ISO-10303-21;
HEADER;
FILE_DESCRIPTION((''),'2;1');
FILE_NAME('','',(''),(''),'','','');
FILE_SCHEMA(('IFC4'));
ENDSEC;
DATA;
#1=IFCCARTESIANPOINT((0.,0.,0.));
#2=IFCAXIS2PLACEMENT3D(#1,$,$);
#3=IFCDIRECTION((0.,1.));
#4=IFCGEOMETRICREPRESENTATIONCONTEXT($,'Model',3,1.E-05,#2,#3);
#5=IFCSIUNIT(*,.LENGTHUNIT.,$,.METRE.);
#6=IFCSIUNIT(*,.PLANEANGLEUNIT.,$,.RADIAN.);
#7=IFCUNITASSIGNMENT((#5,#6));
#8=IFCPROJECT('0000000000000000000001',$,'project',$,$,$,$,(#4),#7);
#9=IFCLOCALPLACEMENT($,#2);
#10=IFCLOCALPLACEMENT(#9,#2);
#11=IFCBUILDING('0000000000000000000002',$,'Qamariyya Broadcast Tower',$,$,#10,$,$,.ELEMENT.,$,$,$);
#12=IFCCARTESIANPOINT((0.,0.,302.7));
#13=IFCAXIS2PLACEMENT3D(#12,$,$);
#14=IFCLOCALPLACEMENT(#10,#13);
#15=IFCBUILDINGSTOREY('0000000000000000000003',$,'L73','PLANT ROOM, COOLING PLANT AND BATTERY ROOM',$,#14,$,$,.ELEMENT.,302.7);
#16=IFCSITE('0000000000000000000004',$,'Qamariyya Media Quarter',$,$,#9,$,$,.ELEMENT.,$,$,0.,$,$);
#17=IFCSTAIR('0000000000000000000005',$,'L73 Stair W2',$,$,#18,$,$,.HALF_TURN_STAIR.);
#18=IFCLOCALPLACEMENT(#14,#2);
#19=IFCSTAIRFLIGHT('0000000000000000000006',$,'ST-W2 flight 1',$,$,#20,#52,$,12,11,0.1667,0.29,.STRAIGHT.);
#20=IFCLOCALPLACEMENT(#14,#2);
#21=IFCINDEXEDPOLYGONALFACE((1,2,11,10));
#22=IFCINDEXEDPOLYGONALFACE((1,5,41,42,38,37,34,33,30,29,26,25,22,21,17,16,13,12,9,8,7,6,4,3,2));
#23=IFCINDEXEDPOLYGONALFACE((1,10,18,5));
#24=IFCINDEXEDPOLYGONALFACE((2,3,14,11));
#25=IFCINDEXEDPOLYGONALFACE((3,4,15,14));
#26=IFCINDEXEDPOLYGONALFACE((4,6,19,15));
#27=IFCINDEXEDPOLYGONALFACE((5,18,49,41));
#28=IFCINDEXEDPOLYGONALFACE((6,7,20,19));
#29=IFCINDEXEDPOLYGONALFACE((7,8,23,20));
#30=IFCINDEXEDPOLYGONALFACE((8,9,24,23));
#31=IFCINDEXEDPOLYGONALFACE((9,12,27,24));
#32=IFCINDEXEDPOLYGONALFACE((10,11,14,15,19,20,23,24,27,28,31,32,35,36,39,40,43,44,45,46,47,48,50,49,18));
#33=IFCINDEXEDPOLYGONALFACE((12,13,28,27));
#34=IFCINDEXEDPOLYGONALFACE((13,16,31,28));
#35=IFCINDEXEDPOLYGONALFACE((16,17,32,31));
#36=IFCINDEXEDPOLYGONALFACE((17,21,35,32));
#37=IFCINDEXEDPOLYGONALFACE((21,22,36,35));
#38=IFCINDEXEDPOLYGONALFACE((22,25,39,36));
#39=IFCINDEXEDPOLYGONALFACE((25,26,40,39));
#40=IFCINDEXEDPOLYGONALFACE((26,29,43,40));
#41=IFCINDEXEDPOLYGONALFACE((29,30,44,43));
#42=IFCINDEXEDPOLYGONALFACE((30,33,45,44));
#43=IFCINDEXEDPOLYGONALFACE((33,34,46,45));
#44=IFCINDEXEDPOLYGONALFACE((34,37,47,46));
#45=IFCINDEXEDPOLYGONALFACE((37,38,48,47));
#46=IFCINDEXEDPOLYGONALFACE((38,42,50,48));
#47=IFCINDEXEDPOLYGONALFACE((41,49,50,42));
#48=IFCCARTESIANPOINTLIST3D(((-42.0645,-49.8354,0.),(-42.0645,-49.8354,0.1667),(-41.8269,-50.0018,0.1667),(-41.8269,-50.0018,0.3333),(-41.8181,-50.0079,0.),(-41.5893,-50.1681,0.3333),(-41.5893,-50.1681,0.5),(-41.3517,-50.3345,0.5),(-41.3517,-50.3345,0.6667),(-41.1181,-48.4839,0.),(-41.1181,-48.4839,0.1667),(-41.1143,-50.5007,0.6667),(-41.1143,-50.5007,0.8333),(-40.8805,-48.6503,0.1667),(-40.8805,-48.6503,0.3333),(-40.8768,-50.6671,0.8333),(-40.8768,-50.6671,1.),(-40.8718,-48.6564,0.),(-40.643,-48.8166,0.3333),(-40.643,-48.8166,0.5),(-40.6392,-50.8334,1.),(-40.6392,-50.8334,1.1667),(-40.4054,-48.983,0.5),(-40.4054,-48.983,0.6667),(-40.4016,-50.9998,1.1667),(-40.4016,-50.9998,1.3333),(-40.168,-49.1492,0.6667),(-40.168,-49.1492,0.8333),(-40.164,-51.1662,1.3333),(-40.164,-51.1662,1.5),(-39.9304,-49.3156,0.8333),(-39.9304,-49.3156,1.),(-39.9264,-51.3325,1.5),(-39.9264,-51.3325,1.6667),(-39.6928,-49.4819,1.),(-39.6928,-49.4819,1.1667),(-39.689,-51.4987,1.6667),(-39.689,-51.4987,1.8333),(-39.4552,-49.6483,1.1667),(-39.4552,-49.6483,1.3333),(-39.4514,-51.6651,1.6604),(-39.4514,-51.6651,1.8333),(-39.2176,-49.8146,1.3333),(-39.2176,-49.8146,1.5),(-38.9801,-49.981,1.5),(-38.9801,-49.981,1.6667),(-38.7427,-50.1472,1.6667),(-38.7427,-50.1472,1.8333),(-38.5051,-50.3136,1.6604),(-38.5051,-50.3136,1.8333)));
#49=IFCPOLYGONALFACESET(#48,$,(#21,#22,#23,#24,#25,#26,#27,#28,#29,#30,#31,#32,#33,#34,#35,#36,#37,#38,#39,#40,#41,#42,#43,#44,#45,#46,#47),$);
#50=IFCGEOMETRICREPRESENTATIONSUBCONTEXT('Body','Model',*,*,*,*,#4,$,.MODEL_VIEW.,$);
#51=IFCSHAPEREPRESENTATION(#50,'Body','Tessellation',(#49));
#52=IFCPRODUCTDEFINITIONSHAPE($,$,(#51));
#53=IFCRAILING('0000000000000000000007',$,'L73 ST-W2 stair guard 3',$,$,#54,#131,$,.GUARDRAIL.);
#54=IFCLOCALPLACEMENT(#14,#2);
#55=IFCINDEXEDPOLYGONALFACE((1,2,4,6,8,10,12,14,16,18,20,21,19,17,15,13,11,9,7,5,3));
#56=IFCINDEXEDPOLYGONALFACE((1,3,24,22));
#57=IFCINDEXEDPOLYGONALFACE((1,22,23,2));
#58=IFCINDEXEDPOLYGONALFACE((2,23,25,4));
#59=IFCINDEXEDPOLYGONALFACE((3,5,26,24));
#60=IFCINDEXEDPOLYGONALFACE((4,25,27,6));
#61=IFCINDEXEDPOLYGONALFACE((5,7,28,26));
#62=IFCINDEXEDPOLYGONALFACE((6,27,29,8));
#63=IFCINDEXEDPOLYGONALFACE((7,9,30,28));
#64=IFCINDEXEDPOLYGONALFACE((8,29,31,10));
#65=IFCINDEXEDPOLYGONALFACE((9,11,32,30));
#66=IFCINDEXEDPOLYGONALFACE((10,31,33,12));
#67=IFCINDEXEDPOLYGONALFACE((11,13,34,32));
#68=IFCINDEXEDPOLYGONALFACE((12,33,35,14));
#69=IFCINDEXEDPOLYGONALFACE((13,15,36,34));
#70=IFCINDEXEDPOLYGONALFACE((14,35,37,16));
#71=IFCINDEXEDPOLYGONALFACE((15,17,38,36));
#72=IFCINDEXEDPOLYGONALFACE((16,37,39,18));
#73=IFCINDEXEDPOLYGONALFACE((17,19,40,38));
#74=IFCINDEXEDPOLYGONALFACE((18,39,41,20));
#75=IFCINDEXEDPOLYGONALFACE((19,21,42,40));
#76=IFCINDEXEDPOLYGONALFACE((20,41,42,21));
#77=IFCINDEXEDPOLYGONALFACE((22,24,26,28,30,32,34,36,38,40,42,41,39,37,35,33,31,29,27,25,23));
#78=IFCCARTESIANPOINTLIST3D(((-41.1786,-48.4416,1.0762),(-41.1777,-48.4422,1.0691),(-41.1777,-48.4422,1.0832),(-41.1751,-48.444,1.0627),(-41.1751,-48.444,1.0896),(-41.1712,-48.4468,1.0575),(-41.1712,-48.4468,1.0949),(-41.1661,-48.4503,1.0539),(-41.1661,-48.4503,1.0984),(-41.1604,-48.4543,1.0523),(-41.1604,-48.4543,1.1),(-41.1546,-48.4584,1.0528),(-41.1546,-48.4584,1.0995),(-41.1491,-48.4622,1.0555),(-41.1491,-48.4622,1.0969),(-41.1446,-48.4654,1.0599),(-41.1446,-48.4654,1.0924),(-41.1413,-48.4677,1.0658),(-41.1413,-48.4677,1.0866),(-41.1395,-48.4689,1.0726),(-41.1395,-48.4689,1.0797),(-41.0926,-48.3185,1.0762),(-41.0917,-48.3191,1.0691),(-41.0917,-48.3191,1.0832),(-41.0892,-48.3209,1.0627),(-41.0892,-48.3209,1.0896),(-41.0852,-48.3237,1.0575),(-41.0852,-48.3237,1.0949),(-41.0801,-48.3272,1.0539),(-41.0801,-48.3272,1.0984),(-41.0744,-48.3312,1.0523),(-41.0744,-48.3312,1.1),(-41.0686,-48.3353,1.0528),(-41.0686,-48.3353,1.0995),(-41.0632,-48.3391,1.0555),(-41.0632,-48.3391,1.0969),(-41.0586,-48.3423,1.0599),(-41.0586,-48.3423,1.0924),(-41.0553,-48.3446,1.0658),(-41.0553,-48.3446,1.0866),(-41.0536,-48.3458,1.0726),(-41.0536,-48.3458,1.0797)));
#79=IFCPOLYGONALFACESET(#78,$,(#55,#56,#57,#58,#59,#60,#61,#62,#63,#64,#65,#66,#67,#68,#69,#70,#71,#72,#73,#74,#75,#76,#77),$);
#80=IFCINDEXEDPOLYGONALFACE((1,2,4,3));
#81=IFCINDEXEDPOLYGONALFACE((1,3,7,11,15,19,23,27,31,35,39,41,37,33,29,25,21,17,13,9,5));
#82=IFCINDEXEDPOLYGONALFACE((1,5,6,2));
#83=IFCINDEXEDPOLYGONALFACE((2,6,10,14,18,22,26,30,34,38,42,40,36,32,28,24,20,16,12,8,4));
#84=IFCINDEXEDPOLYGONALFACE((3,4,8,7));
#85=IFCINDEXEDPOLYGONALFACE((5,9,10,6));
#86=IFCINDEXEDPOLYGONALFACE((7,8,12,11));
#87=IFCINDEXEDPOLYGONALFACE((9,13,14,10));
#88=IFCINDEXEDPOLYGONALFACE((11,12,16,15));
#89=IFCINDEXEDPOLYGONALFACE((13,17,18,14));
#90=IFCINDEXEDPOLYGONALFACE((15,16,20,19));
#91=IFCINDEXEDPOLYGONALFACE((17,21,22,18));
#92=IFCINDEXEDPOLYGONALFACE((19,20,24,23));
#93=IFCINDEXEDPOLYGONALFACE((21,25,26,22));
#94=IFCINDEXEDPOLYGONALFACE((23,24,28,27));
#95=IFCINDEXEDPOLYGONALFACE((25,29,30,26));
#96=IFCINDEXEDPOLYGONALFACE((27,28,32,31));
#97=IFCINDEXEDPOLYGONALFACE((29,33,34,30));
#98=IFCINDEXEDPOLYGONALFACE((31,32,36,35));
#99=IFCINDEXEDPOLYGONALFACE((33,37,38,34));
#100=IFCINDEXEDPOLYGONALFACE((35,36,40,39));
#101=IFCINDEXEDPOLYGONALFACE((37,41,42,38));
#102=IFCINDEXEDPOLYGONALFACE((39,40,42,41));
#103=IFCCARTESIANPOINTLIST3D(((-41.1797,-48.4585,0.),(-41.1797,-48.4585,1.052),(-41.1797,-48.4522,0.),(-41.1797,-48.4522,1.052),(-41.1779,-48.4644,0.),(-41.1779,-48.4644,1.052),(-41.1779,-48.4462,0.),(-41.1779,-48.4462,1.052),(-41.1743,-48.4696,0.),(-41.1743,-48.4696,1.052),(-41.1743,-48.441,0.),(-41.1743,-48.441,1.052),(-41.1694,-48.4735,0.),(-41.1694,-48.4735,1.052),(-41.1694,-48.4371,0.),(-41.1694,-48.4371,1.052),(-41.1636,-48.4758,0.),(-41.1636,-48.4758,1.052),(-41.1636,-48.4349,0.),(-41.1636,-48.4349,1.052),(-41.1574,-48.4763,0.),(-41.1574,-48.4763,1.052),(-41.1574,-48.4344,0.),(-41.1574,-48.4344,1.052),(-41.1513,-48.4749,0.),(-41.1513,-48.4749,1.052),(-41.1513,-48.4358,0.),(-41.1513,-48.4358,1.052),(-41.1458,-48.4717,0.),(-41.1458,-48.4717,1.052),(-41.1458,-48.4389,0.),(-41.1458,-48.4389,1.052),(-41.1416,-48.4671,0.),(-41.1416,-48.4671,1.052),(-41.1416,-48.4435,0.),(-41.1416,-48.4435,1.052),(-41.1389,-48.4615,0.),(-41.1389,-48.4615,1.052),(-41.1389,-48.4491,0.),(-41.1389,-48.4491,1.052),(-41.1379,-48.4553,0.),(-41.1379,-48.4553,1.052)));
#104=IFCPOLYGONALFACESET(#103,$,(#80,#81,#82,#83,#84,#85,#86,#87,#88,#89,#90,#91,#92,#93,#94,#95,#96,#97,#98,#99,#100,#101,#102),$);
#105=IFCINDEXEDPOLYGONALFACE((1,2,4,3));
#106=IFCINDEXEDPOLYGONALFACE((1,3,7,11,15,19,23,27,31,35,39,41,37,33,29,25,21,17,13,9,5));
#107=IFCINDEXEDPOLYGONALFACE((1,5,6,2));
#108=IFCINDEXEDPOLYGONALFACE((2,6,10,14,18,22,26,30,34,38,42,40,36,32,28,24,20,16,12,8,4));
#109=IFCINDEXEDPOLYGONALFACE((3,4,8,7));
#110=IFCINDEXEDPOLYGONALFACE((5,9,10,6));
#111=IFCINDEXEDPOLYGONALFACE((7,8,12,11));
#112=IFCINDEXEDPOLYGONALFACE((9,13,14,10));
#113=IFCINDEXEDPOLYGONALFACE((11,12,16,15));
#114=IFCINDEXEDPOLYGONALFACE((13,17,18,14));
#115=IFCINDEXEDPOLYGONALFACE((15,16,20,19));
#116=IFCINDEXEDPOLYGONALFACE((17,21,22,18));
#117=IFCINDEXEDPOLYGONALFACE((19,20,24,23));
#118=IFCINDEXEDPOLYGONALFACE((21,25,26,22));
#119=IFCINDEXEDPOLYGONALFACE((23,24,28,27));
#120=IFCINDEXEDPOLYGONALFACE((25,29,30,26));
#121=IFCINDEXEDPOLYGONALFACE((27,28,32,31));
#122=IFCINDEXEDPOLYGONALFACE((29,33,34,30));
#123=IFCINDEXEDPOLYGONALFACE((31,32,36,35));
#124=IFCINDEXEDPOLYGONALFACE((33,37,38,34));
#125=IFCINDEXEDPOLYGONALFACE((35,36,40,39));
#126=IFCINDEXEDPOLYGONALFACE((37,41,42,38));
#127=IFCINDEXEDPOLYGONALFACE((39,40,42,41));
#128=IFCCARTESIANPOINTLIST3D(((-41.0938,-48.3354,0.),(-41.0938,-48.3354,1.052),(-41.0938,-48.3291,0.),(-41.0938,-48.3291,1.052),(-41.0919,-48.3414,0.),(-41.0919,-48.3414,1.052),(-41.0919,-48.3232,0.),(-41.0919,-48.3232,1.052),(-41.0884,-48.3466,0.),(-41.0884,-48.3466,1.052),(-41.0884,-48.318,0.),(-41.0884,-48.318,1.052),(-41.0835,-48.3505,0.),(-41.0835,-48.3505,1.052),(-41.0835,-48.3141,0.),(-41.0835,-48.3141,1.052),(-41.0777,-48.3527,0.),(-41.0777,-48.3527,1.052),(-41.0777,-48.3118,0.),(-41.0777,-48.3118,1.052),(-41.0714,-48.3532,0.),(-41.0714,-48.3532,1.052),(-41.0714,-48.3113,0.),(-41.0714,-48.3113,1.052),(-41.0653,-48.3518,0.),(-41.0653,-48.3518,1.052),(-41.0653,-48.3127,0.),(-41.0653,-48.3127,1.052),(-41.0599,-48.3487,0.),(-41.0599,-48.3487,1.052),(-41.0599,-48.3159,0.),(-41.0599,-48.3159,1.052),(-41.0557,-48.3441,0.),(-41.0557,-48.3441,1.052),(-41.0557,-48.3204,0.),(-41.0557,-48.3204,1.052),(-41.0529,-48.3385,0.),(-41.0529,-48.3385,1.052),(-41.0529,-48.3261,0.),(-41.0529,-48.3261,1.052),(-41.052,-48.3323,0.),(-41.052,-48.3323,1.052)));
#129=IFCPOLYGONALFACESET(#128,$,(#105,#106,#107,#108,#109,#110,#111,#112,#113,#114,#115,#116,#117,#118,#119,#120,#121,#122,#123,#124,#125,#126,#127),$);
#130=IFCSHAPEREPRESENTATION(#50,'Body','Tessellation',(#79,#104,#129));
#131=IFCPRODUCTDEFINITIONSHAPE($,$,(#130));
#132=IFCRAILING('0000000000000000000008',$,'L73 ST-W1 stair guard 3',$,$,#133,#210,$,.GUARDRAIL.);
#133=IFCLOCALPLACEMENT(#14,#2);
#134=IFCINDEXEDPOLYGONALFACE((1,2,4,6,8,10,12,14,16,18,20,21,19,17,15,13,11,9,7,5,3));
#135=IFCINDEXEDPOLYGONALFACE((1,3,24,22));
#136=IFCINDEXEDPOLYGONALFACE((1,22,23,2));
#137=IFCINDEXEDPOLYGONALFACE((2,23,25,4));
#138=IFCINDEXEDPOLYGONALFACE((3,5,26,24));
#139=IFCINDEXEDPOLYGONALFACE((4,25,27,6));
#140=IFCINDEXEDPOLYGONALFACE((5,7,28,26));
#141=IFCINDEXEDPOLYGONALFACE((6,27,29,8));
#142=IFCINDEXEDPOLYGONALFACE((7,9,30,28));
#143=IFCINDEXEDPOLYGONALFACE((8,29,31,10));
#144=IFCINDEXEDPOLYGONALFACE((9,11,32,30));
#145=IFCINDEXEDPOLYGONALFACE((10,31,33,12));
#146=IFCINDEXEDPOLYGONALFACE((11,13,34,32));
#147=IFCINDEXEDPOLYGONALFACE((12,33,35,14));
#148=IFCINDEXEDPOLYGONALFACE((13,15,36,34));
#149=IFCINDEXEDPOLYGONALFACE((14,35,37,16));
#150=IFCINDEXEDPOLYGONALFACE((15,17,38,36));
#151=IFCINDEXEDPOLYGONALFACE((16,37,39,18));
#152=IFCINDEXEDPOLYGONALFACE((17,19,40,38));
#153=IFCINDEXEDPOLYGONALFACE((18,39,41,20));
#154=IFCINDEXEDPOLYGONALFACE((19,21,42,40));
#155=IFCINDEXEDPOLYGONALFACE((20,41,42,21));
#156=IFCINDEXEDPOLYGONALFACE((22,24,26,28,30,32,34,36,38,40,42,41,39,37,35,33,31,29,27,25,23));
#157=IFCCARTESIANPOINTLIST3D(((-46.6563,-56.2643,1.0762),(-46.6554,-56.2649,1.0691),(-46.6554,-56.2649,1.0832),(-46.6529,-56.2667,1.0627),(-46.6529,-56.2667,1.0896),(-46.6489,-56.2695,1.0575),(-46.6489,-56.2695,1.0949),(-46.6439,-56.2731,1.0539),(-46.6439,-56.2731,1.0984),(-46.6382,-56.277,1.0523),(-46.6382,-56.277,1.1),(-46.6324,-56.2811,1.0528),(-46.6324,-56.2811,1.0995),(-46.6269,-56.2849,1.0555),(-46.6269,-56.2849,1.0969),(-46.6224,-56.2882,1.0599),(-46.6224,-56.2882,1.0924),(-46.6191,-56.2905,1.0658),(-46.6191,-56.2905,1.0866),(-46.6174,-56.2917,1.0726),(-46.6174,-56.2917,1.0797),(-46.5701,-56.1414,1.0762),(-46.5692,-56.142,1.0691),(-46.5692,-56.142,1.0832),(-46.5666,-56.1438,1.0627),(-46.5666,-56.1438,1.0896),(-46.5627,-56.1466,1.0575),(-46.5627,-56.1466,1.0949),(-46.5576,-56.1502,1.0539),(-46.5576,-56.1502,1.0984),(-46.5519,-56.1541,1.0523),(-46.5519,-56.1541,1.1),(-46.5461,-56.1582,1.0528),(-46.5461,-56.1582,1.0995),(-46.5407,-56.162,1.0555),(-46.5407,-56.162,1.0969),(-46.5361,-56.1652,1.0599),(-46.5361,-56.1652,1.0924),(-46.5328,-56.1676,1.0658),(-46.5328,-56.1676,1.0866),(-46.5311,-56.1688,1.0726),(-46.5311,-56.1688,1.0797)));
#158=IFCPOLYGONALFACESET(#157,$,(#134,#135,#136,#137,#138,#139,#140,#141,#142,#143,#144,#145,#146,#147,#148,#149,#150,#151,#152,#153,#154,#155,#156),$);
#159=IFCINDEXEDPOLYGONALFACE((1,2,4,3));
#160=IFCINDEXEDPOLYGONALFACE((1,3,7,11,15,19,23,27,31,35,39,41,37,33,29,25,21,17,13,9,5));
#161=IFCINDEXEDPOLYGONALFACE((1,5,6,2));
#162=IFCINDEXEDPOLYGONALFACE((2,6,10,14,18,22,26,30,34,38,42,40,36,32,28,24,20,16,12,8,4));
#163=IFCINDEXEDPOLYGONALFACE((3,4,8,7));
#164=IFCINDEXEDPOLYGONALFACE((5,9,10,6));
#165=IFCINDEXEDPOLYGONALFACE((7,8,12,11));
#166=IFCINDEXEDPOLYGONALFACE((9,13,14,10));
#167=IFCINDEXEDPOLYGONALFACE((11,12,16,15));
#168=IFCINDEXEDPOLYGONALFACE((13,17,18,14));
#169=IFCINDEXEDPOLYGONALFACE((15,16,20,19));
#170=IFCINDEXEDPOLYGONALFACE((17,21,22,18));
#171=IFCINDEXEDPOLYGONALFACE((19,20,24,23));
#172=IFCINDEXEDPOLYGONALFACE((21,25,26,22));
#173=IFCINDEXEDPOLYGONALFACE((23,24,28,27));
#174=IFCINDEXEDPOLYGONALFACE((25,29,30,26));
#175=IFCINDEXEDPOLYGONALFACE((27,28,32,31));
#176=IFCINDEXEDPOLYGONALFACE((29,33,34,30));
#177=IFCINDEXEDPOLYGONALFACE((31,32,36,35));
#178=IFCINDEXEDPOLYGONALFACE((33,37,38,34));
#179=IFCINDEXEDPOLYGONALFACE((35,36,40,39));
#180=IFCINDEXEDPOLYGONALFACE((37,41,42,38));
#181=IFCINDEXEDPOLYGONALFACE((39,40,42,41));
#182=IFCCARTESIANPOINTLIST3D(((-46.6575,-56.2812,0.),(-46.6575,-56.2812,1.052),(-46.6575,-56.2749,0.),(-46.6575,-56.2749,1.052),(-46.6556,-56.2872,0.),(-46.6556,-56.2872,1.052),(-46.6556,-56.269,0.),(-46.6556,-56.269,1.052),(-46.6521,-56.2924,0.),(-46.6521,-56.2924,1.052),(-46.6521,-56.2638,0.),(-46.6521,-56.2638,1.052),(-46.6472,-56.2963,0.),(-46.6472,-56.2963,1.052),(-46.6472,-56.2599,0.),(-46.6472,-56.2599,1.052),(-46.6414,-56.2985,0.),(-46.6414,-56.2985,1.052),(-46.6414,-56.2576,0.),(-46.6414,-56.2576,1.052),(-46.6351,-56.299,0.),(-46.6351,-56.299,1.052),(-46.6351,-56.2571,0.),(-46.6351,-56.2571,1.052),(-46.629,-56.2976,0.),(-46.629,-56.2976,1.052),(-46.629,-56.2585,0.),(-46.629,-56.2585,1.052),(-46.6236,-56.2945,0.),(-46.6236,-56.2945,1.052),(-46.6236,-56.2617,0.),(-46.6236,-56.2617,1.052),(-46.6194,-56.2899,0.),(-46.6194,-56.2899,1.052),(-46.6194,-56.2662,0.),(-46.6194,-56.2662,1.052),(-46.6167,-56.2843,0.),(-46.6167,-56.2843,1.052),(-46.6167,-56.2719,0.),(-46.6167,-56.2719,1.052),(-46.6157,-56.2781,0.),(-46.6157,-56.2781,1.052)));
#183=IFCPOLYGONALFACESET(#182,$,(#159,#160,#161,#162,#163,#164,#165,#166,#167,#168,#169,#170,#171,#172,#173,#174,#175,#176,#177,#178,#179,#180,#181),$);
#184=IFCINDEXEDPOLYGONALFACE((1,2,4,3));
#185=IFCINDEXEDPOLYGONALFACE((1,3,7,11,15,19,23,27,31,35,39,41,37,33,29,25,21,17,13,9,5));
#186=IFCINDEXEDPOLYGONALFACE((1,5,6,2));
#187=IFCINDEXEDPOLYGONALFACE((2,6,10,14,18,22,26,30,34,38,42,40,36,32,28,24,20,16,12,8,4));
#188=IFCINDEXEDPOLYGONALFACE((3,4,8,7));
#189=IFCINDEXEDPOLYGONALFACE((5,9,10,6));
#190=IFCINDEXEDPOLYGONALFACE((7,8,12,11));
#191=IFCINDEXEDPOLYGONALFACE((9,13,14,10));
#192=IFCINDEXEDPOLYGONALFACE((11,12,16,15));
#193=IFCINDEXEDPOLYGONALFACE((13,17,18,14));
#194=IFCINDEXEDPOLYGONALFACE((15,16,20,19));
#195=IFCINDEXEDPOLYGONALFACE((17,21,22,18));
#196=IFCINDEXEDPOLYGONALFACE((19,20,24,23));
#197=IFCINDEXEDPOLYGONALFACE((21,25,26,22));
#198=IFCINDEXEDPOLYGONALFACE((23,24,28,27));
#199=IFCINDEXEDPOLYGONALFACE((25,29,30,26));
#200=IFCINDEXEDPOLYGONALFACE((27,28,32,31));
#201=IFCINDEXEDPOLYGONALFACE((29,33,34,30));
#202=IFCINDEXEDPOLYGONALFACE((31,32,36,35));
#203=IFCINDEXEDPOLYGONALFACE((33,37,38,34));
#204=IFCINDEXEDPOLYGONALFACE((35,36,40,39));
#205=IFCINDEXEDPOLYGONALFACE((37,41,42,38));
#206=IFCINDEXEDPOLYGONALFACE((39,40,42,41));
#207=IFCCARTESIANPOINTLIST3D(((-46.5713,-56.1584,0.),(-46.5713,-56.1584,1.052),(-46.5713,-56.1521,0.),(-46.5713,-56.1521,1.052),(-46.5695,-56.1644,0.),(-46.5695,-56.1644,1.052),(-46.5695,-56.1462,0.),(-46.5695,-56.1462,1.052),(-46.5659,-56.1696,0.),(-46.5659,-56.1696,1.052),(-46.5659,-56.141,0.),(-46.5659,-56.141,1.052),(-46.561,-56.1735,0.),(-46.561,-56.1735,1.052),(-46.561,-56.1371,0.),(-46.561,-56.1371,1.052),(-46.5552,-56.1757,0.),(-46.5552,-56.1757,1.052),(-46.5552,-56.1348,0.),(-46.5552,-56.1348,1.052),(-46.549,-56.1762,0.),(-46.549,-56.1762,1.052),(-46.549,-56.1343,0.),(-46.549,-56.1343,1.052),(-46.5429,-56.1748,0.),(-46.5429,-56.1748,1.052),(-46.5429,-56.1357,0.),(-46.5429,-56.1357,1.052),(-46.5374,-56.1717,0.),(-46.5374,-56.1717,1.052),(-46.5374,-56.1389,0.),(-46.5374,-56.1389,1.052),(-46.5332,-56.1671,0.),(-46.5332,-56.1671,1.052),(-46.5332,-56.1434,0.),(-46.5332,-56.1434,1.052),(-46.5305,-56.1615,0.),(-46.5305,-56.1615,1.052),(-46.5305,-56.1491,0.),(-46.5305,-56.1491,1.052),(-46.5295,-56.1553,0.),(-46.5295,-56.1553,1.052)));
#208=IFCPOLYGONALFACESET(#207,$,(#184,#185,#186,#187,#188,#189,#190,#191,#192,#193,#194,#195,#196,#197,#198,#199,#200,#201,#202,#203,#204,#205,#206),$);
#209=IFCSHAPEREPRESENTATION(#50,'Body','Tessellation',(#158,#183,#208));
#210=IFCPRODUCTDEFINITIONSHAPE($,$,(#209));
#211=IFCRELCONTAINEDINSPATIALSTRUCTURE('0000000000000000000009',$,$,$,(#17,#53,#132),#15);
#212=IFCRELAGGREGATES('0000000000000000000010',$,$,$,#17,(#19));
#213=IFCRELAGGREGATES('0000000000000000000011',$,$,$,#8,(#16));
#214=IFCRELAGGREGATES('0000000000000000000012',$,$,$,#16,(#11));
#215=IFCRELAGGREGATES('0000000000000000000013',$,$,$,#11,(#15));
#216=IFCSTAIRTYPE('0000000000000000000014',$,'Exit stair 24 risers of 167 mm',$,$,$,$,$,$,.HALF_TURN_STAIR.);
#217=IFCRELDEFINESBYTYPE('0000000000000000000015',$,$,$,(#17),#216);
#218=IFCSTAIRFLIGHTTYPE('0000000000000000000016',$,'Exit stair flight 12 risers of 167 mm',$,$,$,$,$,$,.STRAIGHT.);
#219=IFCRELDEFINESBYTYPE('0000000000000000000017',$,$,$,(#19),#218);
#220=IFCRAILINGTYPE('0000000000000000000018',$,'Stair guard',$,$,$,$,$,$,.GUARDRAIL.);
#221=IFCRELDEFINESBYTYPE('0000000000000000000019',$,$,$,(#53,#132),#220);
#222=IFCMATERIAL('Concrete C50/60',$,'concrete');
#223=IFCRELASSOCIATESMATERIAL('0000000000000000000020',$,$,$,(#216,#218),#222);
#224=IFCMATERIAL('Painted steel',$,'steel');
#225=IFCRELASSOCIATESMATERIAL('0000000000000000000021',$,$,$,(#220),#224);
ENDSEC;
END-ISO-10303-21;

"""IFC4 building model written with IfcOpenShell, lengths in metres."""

from ifc_helpers import new_model, si_unit, direction, frame, origin, origin_2d, place, context, subcontext, project, spatial, polyline, circle, outline, extrude, material, type_object, element, aggregate, save


model = new_model("IFC4")

# Units and contexts
model_context = context("Model", 3, precision=1e-05, world=origin(), true_north=direction((0.0, 1.0)))
body_context = subcontext(model_context, "Body", "Model", "MODEL_VIEW")
ifc_project = project(units=[si_unit("LENGTHUNIT", "METRE"), si_unit("PLANEANGLEUNIT", "RADIAN")], contexts=[model_context])

# Site, building, storey
site_placement = place(None, origin())
site = spatial("IfcSite", under=ifc_project, at=site_placement, Name="Qamariyya Media Quarter", CompositionType="ELEMENT", RefElevation=0.0)
building_placement = place(site_placement, origin())
building = spatial("IfcBuilding", under=site, at=building_placement, Name="Qamariyya Broadcast Tower", CompositionType="ELEMENT")
storey_placement = place(building_placement, frame((0.0, 0.0, 302.7)))
storey = spatial("IfcBuildingStorey", under=building, at=storey_placement, Name="L73", Description="PLANT ROOM, COOLING PLANT AND BATTERY ROOM", CompositionType="ELEMENT", Elevation=302.7)

# Shared definitions
ifc_material_1 = material(Name="Concrete C50/60", Category="concrete")

# Stair, stair flight
stair_type = type_object("IfcStairType", Name="Exit stair 24 risers of 167 mm", PredefinedType="HALF_TURN_STAIR", material=ifc_material_1)
stair_placement = place(storey_placement, origin())
stair = element("IfcStair", 1, at=stair_placement, inside=storey, type_object=stair_type, Name="L73 Stair W2", PredefinedType="HALF_TURN_STAIR")
stair_flight_type = type_object("IfcStairFlightType", Name="Exit stair flight 12 risers of 167 mm", PredefinedType="STRAIGHT", material=ifc_material_1)
stair_flight_placement = place(storey_placement, frame((-41.5913, -49.1597, 0.0), z_axis=(0.0, 0.0, 1.0), x_axis=(0.819152, -0.573576, 0.0)))
stair_flight = element("IfcStairFlight", 2, at=stair_flight_placement, type_object=stair_flight_type, Name="ST-W2 flight 1", NumberOfRisers=12, NumberOfTreads=11, PredefinedType="STRAIGHT", RiserHeight=0.1667, TreadLength=0.29, context=body_context, shape_type="SweptSolid", body=[
    extrude(outline(polyline([(0.0, 0.0), (0.0, 0.1667), (0.29, 0.1667), (0.29, 0.3333), (0.5801, 0.3333), (0.5801, 0.5), (0.8701, 0.5), (0.8701, 0.6667), (1.1599, 0.6667), (1.1599, 0.8333), (1.45, 0.8333), (1.45, 1.0), (1.74, 1.0), (1.74, 1.1667), (2.03, 1.1667), (2.03, 1.3333), (2.3201, 1.3333), (2.3201, 1.5), (2.6101, 1.5), (2.6101, 1.6667), (2.8999, 1.6667), (2.8999, 1.8333), (3.1899, 1.8333), (3.1899, 2.0), (3.1899, 1.6604), (0.3008, 0.0), (0.0, 0.0)])), frame((0.0, 0.825, 0.0), z_axis=(0.0, -1.0, 0.0), x_axis=(1.0, 0.0, 0.0)), (0.0, 0.0, 1.0), 1.6499),
])
aggregate(stair, [stair_flight])

# Railings
ifc_material_2 = material(Name="Painted steel", Category="steel")
railing_type_1 = type_object("IfcRailingType", Name="Stair guard", PredefinedType="GUARDRAIL", material=ifc_material_2)
railing_1_placement = place(storey_placement, frame((-41.1589, -48.4553, 0.0)))
element("IfcRailing", 3, at=railing_1_placement, inside=storey, type_object=railing_type_1, Name="L73 ST-W2 stair guard 3", PredefinedType="GUARDRAIL", context=body_context, shape_type="SweptSolid", body=[
    extrude(circle(Radius=0.0239, at=origin_2d()), frame((0.0, 0.0, 1.0762), z_axis=(0.572589, 0.819843, 0.0), x_axis=(-0.819843, 0.572589, 0.0)), (0.0, 0.0, 1.0), 0.1501),
    extrude(circle(Radius=0.021, at=origin_2d()), origin(), (0.0, 0.0, 1.0), 1.052),
    extrude(circle(Radius=0.021, at=origin_2d()), frame((0.0859, 0.123, 0.0)), (0.0, 0.0, 1.0), 1.052),
])
railing_2_placement = place(storey_placement, frame((-46.6367, -56.2781, 0.0)))
element("IfcRailing", 4, at=railing_2_placement, inside=storey, type_object=railing_type_1, Name="L73 ST-W1 stair guard 3", PredefinedType="GUARDRAIL", context=body_context, shape_type="SweptSolid", body=[
    extrude(circle(Radius=0.0239, at=origin_2d()), frame((0.0, 0.0, 1.0762), z_axis=(0.574445, 0.818543, 0.0), x_axis=(-0.818543, 0.574445, 0.0)), (0.0, 0.0, 1.0), 0.1501),
    extrude(circle(Radius=0.021, at=origin_2d()), origin(), (0.0, 0.0, 1.0), 1.052),
    extrude(circle(Radius=0.021, at=origin_2d()), frame((0.0862, 0.1228, 0.0)), (0.0, 0.0, 1.0), 1.052),
])

save(model, "model.ifc")
